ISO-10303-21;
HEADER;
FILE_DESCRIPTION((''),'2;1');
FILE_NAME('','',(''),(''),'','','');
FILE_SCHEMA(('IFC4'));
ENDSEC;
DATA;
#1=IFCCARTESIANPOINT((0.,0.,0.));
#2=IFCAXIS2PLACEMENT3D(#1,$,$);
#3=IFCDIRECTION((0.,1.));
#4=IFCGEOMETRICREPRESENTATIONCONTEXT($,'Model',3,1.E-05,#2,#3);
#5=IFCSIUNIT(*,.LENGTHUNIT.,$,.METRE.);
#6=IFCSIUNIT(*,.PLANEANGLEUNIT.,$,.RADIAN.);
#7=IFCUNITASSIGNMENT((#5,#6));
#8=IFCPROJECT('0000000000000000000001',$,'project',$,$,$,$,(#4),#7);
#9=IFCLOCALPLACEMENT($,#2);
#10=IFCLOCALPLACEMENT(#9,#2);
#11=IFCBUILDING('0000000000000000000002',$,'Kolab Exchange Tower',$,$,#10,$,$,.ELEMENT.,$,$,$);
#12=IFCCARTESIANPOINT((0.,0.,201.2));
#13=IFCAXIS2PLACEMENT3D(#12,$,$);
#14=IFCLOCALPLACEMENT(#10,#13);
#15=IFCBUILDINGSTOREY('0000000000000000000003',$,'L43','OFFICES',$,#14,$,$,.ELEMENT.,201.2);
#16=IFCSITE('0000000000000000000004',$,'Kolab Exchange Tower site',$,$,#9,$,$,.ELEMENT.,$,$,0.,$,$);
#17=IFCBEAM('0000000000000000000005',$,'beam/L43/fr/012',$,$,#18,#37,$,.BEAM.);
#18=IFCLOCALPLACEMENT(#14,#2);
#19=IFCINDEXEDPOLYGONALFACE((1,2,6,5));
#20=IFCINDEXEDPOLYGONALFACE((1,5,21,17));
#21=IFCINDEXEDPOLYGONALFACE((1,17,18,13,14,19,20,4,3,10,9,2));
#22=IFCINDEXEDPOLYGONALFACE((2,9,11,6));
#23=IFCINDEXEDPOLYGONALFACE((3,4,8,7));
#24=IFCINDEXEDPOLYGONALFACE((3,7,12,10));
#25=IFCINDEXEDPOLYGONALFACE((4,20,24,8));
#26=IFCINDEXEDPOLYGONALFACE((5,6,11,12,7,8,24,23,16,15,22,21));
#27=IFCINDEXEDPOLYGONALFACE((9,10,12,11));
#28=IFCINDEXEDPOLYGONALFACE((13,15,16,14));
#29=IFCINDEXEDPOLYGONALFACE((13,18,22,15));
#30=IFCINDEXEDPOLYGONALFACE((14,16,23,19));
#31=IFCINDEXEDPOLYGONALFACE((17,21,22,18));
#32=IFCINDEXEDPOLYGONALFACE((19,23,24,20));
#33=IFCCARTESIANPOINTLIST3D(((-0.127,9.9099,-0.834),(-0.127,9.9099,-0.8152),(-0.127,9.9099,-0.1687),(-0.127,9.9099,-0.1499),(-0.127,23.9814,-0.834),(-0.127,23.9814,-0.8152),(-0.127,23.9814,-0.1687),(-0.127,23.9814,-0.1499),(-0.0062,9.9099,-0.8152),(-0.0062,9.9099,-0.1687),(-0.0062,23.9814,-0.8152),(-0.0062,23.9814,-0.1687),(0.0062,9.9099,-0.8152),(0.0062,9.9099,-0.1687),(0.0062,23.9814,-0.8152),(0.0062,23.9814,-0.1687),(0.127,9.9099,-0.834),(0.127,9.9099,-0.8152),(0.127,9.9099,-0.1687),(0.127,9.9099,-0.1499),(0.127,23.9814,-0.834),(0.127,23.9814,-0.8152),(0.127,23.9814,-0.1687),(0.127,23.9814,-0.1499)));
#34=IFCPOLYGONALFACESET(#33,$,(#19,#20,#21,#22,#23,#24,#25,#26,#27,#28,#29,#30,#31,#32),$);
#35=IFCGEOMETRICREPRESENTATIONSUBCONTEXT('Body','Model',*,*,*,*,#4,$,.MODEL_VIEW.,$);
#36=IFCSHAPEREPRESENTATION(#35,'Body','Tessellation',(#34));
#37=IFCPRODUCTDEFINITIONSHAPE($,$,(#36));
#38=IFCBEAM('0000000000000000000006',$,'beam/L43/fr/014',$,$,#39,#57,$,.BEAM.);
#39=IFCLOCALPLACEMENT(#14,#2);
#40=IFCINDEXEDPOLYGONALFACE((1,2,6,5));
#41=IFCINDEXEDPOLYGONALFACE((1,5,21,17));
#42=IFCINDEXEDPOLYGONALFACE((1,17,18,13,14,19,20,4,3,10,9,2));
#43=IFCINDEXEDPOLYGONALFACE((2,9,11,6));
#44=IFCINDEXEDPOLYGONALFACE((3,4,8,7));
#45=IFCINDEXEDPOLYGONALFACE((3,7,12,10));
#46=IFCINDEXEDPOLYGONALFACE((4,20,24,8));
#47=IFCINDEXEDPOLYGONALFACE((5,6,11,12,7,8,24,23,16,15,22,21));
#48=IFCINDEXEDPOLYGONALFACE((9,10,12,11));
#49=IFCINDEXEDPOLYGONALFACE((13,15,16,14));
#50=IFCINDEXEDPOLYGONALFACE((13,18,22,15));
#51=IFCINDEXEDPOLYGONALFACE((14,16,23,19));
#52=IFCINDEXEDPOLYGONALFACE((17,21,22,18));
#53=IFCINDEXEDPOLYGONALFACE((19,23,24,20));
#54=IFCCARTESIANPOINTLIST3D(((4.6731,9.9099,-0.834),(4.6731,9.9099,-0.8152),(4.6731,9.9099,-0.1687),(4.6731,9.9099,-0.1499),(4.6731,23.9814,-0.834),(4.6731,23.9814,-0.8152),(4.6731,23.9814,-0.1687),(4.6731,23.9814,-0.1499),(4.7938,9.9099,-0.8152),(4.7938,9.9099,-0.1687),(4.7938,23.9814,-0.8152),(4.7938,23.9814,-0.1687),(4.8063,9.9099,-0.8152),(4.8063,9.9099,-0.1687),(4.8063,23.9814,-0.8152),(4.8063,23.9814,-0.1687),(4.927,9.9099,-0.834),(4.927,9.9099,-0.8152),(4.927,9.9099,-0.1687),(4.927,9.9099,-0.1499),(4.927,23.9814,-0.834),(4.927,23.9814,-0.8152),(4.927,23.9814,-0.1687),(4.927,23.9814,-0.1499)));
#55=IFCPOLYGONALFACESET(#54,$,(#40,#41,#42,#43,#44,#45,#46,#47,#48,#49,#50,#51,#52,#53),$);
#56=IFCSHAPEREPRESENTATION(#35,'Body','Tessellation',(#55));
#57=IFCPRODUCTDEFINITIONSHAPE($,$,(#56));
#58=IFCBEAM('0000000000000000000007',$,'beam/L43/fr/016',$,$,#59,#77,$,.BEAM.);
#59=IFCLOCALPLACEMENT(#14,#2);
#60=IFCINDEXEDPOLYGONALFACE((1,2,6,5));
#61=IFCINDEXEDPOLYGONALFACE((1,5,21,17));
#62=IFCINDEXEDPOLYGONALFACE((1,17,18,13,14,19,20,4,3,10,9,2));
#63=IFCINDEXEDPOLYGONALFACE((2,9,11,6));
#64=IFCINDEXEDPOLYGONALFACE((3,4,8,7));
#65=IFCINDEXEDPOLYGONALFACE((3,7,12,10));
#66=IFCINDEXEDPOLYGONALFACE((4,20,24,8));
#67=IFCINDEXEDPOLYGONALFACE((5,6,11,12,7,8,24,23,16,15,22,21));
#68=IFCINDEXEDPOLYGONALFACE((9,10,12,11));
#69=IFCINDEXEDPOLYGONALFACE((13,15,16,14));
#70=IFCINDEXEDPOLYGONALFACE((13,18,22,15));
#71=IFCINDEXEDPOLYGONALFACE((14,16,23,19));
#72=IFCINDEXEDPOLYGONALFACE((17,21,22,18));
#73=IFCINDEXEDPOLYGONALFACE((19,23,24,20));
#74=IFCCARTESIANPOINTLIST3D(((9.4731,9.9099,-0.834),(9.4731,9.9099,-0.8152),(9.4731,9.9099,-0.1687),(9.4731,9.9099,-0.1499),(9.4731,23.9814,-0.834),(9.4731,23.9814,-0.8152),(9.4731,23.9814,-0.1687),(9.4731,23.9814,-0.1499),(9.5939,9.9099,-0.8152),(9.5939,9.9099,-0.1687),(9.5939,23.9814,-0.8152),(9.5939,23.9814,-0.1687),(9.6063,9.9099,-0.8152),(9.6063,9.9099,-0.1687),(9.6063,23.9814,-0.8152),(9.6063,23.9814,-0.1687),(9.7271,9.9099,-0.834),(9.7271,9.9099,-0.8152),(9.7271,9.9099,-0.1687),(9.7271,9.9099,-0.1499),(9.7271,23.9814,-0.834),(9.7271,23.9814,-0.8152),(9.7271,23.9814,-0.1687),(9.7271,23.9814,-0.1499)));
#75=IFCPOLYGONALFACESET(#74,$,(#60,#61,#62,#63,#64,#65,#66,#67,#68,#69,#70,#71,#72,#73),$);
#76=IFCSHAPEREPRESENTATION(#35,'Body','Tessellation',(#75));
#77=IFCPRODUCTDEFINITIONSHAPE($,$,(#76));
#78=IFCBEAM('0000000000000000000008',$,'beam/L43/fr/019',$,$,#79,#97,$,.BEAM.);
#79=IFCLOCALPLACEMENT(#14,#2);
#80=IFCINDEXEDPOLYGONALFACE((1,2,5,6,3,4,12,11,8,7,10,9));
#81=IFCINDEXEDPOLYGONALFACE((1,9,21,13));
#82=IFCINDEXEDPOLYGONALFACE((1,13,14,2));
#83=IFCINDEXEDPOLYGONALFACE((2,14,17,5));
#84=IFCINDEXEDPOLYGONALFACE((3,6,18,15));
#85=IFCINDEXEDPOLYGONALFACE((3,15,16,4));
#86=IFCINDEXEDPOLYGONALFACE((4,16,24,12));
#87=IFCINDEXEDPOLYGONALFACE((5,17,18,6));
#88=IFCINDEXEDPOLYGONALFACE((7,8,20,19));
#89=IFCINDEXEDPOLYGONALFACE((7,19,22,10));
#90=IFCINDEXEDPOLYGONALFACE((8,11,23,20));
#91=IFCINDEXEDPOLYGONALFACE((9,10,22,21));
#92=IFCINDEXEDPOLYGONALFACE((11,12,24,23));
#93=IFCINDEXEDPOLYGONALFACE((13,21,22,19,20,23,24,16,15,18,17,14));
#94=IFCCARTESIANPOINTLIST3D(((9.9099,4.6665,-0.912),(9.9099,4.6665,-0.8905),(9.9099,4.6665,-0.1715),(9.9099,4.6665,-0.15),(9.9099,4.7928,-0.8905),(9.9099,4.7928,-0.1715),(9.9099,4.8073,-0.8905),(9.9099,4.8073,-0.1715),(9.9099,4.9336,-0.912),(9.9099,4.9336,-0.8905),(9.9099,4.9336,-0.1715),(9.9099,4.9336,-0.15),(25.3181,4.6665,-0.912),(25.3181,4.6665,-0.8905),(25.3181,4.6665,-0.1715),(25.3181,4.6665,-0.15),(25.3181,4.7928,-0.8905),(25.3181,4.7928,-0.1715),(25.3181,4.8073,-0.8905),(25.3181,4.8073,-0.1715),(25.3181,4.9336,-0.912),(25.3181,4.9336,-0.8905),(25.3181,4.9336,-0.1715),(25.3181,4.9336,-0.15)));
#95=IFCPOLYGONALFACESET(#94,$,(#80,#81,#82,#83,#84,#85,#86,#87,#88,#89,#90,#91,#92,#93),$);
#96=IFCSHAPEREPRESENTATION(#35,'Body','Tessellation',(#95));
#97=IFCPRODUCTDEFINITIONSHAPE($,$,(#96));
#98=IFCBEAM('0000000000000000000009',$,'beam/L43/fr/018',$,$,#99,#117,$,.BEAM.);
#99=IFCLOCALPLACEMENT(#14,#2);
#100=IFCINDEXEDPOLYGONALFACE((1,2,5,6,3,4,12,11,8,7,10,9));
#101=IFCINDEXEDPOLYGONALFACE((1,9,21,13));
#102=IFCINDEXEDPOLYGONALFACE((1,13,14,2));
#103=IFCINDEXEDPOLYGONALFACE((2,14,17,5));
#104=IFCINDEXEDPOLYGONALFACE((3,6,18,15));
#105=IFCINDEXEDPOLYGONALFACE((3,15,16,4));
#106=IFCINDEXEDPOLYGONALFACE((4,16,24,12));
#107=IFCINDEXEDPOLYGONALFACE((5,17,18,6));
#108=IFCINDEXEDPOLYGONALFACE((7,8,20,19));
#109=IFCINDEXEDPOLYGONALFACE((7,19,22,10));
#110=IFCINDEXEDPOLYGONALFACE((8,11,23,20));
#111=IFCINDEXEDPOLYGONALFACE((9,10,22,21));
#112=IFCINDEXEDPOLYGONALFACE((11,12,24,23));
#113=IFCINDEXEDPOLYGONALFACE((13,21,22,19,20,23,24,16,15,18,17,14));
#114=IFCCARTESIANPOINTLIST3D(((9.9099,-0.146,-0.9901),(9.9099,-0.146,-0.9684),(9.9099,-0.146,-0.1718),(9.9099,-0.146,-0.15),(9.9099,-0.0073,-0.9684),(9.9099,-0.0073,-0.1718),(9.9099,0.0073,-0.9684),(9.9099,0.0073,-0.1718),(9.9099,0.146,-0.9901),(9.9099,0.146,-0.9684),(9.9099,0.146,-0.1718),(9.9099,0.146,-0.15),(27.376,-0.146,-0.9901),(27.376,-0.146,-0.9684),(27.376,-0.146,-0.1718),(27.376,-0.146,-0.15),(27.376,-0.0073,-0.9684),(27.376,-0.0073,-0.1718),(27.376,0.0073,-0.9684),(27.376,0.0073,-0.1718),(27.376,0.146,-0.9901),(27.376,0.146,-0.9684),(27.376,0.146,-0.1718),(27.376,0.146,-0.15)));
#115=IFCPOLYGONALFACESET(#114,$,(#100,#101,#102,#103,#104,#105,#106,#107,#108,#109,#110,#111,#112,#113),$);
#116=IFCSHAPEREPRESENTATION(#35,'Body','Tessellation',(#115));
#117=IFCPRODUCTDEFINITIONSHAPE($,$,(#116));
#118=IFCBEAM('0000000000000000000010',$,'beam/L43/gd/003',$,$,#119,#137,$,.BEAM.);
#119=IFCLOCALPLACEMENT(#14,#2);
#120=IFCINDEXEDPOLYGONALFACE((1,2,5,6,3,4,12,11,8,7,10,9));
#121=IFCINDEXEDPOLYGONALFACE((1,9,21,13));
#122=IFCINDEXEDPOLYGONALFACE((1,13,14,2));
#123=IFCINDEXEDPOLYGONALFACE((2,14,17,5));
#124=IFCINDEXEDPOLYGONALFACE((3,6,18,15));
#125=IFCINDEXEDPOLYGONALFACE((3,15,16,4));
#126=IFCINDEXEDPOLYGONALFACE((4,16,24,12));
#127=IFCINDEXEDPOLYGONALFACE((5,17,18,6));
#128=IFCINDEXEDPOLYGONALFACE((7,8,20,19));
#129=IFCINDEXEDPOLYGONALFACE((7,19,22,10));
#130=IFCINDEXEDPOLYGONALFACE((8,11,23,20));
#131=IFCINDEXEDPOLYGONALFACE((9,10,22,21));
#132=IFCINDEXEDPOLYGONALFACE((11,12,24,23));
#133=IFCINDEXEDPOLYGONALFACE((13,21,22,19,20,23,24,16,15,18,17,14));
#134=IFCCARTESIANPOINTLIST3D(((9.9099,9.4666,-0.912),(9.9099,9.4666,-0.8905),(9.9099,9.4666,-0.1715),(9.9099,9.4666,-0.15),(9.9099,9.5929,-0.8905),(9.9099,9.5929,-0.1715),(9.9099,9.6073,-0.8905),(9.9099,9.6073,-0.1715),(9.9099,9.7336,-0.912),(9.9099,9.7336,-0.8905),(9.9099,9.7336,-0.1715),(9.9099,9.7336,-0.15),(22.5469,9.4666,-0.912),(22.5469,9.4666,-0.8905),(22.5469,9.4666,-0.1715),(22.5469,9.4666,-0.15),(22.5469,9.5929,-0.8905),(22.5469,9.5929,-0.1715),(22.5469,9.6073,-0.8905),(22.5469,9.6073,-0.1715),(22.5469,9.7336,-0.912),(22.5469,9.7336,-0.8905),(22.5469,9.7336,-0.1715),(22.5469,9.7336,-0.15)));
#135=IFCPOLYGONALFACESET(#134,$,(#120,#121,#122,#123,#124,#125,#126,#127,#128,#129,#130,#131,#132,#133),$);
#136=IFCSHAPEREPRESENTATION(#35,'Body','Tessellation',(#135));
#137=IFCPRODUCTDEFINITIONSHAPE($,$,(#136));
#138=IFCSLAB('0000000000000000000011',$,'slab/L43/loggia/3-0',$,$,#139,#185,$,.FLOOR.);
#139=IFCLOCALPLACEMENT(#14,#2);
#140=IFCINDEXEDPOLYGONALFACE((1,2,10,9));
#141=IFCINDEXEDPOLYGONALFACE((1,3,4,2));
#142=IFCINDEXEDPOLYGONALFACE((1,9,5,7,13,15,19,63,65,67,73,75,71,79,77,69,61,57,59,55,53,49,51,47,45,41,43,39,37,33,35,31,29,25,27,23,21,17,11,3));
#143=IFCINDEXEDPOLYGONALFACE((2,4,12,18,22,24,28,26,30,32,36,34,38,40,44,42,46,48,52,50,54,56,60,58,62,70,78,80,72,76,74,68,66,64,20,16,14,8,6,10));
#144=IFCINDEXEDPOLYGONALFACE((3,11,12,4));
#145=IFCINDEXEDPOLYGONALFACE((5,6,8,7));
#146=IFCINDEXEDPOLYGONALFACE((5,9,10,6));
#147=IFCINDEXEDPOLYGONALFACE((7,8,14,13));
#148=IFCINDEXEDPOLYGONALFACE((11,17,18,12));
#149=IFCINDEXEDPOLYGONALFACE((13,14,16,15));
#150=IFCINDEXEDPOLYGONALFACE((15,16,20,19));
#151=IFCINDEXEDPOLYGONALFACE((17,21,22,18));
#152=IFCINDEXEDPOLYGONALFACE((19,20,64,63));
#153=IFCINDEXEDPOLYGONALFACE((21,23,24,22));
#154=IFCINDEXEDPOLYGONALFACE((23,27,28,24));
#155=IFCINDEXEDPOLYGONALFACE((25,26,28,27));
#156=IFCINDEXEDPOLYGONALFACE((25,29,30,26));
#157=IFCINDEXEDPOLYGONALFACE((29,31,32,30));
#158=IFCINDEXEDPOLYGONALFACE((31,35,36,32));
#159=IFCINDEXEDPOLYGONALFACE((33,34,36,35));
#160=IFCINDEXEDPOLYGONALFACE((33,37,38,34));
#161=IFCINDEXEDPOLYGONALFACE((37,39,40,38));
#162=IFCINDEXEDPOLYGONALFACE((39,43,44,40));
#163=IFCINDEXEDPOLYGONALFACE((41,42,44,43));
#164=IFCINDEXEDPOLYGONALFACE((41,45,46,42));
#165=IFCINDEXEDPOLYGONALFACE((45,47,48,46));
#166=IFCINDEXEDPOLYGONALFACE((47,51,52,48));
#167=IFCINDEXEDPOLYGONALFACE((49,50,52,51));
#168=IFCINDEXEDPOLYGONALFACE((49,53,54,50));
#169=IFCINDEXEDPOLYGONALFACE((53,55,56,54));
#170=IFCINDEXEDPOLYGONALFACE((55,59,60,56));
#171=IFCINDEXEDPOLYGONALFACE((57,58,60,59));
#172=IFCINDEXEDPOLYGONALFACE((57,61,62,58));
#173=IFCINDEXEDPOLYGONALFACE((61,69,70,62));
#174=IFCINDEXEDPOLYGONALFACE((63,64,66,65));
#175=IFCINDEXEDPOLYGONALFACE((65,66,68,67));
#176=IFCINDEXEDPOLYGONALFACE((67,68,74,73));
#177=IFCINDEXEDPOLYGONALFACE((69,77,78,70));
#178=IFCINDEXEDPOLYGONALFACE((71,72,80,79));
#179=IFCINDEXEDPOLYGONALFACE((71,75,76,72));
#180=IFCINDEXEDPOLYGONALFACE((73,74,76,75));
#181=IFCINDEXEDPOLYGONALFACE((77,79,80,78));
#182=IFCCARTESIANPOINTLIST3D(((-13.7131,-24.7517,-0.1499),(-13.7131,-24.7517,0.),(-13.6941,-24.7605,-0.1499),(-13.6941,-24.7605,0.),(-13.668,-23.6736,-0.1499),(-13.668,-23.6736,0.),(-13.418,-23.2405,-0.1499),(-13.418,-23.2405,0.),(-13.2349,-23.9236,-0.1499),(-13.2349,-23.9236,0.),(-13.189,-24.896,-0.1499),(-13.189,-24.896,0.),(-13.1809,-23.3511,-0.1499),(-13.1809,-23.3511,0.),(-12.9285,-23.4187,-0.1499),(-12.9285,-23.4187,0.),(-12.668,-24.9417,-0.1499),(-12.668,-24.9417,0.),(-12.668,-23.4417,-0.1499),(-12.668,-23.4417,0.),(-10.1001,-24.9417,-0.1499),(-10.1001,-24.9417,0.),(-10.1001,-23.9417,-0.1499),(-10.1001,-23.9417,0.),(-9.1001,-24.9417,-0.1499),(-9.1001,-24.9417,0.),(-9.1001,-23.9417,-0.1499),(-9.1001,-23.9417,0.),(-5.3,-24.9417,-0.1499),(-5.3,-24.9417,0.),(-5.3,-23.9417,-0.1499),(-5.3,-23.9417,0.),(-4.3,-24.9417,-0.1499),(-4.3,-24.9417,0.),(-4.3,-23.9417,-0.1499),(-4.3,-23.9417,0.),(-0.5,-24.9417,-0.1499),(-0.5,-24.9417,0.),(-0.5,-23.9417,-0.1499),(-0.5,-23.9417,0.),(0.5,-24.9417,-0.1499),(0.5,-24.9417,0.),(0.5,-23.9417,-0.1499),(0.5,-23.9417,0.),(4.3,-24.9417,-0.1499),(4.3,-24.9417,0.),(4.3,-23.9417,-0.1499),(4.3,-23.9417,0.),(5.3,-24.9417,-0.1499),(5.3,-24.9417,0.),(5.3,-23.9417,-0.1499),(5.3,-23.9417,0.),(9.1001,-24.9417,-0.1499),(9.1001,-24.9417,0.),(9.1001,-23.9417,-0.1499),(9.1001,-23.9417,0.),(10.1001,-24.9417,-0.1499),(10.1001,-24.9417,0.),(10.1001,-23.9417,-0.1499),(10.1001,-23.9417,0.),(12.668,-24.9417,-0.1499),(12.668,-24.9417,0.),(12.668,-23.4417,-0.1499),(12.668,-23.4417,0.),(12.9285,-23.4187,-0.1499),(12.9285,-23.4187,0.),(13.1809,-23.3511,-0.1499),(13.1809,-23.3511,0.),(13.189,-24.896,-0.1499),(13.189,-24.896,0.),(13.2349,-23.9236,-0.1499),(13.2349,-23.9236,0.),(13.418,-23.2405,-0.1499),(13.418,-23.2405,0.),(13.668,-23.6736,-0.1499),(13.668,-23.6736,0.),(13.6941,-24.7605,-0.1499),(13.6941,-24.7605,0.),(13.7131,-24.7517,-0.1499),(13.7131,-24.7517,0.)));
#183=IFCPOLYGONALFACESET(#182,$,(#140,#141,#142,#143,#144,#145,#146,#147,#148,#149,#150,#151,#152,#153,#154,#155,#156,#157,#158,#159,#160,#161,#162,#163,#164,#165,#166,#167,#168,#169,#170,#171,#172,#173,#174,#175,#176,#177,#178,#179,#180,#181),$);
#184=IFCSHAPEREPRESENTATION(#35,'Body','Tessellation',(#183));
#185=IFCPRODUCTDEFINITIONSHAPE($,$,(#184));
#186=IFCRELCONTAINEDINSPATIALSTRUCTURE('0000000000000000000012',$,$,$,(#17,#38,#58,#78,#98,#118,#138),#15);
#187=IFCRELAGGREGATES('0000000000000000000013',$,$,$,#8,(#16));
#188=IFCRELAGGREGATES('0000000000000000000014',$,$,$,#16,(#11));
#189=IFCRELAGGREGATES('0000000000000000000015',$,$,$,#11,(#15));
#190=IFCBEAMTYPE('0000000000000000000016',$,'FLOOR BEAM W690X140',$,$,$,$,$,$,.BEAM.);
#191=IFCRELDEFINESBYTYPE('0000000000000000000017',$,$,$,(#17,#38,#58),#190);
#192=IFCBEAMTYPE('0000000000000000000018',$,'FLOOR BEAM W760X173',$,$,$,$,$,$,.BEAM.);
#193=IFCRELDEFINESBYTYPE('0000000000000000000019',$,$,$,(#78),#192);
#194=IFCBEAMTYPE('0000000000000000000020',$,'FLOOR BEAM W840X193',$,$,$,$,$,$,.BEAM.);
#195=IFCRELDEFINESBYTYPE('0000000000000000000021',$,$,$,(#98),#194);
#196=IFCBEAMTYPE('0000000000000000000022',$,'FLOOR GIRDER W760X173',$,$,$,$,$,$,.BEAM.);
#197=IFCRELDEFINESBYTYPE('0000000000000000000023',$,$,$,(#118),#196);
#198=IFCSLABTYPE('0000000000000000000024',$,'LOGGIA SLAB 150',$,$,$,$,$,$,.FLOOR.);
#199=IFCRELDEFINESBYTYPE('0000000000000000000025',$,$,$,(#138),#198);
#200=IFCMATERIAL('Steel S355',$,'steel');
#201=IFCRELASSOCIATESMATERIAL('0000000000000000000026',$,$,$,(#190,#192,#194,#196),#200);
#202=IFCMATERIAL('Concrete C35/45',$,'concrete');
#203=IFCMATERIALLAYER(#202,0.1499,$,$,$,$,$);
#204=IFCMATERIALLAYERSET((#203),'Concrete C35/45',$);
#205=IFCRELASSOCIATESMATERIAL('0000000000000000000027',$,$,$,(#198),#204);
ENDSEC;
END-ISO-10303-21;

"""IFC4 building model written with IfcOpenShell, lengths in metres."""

from ifc_helpers import new_model, si_unit, direction, frame, origin, origin_2d, place, context, subcontext, project, spatial, polyline, i_section, outline, extrude, material, layer, layer_set, material_profile, profile_set, type_object, element, save


model = new_model("IFC4")

# Units and contexts
model_context = context("Model", 3, precision=1e-05, world=origin(), true_north=direction((0.0, 1.0)))
body_context = subcontext(model_context, "Body", "Model", "MODEL_VIEW")
ifc_project = project(units=[si_unit("LENGTHUNIT", "METRE"), si_unit("PLANEANGLEUNIT", "RADIAN")], contexts=[model_context])

# Site, building, storey
site_placement = place(None, origin())
site = spatial("IfcSite", under=ifc_project, at=site_placement, Name="Kolab Exchange Tower site", CompositionType="ELEMENT", RefElevation=0.0)
building_placement = place(site_placement, origin())
building = spatial("IfcBuilding", under=site, at=building_placement, Name="Kolab Exchange Tower", CompositionType="ELEMENT")
storey_placement = place(building_placement, frame((0.0, 0.0, 201.2)))
storey = spatial("IfcBuildingStorey", under=building, at=storey_placement, Name="L43", Description="OFFICES", CompositionType="ELEMENT", Elevation=201.2)

# Beams
ifc_material_1 = material(Name="Steel S355", Category="steel")
ifc_material_profile_1 = material_profile(ifc_material_1, i_section(OverallWidth=0.2539, OverallDepth=0.6841, WebThickness=0.0125, FlangeThickness=0.0188, at=origin_2d()), Name="W690X140")
ifc_profile_set_1 = profile_set([ifc_material_profile_1], Name="Steel S355")
beam_type_1 = type_object("IfcBeamType", Name="FLOOR BEAM W690X140", PredefinedType="BEAM", material=ifc_profile_set_1)
for number, where, z_axis, x_axis, name in (
    (1, (0.0, 9.9099, -0.4919), (0.0, 1.0, 0.0), (-1.0, 0.0, 0.0), "beam/L43/fr/012"),
    (2, (4.8, 9.9099, -0.4919), (0.0, 1.0, 0.0), (-1.0, 0.0, 0.0), "beam/L43/fr/014"),
    (3, (9.6001, 9.9099, -0.4919), (0.0, 1.0, 0.0), (-1.0, 0.0, 0.0), "beam/L43/fr/016"),
):
    element("IfcBeam", number, at=place(storey_placement, frame(where, z_axis=z_axis, x_axis=x_axis)), inside=storey, type_object=beam_type_1, Name=name, PredefinedType="BEAM", context=body_context, shape_type="SweptSolid", body=[
        extrude(i_section(OverallWidth=0.2539, OverallDepth=0.6841, WebThickness=0.0125, FlangeThickness=0.0188, at=origin_2d()), origin(), (0.0, 0.0, 1.0), 14.0715),
    ])
ifc_material_profile_2 = material_profile(ifc_material_1, i_section(OverallWidth=0.2671, OverallDepth=0.762, WebThickness=0.0144, FlangeThickness=0.0215, at=origin_2d()), Name="W760X173")
ifc_profile_set_2 = profile_set([ifc_material_profile_2], Name="Steel S355")
beam_type_2 = type_object("IfcBeamType", Name="FLOOR BEAM W760X173", PredefinedType="BEAM", material=ifc_profile_set_2)
beam_1_placement = place(storey_placement, frame((9.9099, 4.8, -0.531), z_axis=(1.0, 0.0, 0.0), x_axis=(0.0, 1.0, 0.0)))
element("IfcBeam", 4, at=beam_1_placement, inside=storey, type_object=beam_type_2, Name="beam/L43/fr/019", PredefinedType="BEAM", context=body_context, shape_type="SweptSolid", body=[
    extrude(i_section(OverallWidth=0.2671, OverallDepth=0.762, WebThickness=0.0144, FlangeThickness=0.0215, at=origin_2d()), origin(), (0.0, 0.0, 1.0), 15.4082),
])
ifc_material_profile_3 = material_profile(ifc_material_1, i_section(OverallWidth=0.292, OverallDepth=0.8401, WebThickness=0.0146, FlangeThickness=0.0217, at=origin_2d()), Name="W840X193")
ifc_profile_set_3 = profile_set([ifc_material_profile_3], Name="Steel S355")
beam_type_3 = type_object("IfcBeamType", Name="FLOOR BEAM W840X193", PredefinedType="BEAM", material=ifc_profile_set_3)
beam_2_placement = place(storey_placement, frame((9.9099, 0.0, -0.5701), z_axis=(1.0, 0.0, 0.0), x_axis=(0.0, 1.0, 0.0)))
element("IfcBeam", 5, at=beam_2_placement, inside=storey, type_object=beam_type_3, Name="beam/L43/fr/018", PredefinedType="BEAM", context=body_context, shape_type="SweptSolid", body=[
    extrude(i_section(OverallWidth=0.292, OverallDepth=0.8401, WebThickness=0.0146, FlangeThickness=0.0217, at=origin_2d()), origin(), (0.0, 0.0, 1.0), 17.4661),
])
ifc_material_profile_4 = material_profile(ifc_material_1, i_section(OverallWidth=0.2671, OverallDepth=0.762, WebThickness=0.0144, FlangeThickness=0.0215, at=origin_2d()), Name="W760X173")
ifc_profile_set_4 = profile_set([ifc_material_profile_4], Name="Steel S355")
beam_type_4 = type_object("IfcBeamType", Name="FLOOR GIRDER W760X173", PredefinedType="BEAM", material=ifc_profile_set_4)
beam_3_placement = place(storey_placement, frame((9.9099, 9.6001, -0.531), z_axis=(1.0, 0.0, 0.0), x_axis=(0.0, 1.0, 0.0)))
element("IfcBeam", 6, at=beam_3_placement, inside=storey, type_object=beam_type_4, Name="beam/L43/gd/003", PredefinedType="BEAM", context=body_context, shape_type="SweptSolid", body=[
    extrude(i_section(OverallWidth=0.2671, OverallDepth=0.762, WebThickness=0.0144, FlangeThickness=0.0215, at=origin_2d()), origin(), (0.0, 0.0, 1.0), 12.637),
])

# Slab
ifc_material_2 = material(Name="Concrete C35/45", Category="concrete")
ifc_layer_1 = layer(ifc_material_2, 0.1499)
ifc_layer_set_1 = layer_set([ifc_layer_1], Name="Concrete C35/45")
slab_type_1 = type_object("IfcSlabType", Name="LOGGIA SLAB 150", PredefinedType="FLOOR", material=ifc_layer_set_1)
slab_1_placement = place(storey_placement, frame((0.0, 0.0, -0.1499)))
element("IfcSlab", 7, at=slab_1_placement, inside=storey, type_object=slab_type_1, Name="slab/L43/loggia/3-0", PredefinedType="FLOOR", context=body_context, shape_type="SweptSolid", body=[
    extrude(outline(polyline([(-13.418, -23.2405), (-13.668, -23.6736), (-13.2349, -23.9236), (-13.7131, -24.7517), (-13.6941, -24.7605), (-13.189, -24.896), (-12.668, -24.9417), (-10.1001, -24.9417), (-10.1001, -23.9417), (-9.1001, -23.9417), (-9.1001, -24.9417), (-5.3, -24.9417), (-5.3, -23.9417), (-4.3, -23.9417), (-4.3, -24.9417), (-0.5, -24.9417), (-0.5, -23.9417), (0.5, -23.9417), (0.5, -24.9417), (4.3, -24.9417), (4.3, -23.9417), (5.3, -23.9417), (5.3, -24.9417), (9.1001, -24.9417), (9.1001, -23.9417), (10.1001, -23.9417), (10.1001, -24.9417), (12.668, -24.9417), (13.189, -24.896), (13.6941, -24.7605), (13.7131, -24.7517), (13.2349, -23.9236), (13.668, -23.6736), (13.418, -23.2405), (13.1809, -23.3511), (12.9285, -23.4187), (12.668, -23.4417), (-12.668, -23.4417), (-12.9285, -23.4187), (-13.1809, -23.3511), (-13.418, -23.2405)])), origin(), (0.0, 0.0, 1.0), 0.1499),
])

save(model, "model.ifc")
